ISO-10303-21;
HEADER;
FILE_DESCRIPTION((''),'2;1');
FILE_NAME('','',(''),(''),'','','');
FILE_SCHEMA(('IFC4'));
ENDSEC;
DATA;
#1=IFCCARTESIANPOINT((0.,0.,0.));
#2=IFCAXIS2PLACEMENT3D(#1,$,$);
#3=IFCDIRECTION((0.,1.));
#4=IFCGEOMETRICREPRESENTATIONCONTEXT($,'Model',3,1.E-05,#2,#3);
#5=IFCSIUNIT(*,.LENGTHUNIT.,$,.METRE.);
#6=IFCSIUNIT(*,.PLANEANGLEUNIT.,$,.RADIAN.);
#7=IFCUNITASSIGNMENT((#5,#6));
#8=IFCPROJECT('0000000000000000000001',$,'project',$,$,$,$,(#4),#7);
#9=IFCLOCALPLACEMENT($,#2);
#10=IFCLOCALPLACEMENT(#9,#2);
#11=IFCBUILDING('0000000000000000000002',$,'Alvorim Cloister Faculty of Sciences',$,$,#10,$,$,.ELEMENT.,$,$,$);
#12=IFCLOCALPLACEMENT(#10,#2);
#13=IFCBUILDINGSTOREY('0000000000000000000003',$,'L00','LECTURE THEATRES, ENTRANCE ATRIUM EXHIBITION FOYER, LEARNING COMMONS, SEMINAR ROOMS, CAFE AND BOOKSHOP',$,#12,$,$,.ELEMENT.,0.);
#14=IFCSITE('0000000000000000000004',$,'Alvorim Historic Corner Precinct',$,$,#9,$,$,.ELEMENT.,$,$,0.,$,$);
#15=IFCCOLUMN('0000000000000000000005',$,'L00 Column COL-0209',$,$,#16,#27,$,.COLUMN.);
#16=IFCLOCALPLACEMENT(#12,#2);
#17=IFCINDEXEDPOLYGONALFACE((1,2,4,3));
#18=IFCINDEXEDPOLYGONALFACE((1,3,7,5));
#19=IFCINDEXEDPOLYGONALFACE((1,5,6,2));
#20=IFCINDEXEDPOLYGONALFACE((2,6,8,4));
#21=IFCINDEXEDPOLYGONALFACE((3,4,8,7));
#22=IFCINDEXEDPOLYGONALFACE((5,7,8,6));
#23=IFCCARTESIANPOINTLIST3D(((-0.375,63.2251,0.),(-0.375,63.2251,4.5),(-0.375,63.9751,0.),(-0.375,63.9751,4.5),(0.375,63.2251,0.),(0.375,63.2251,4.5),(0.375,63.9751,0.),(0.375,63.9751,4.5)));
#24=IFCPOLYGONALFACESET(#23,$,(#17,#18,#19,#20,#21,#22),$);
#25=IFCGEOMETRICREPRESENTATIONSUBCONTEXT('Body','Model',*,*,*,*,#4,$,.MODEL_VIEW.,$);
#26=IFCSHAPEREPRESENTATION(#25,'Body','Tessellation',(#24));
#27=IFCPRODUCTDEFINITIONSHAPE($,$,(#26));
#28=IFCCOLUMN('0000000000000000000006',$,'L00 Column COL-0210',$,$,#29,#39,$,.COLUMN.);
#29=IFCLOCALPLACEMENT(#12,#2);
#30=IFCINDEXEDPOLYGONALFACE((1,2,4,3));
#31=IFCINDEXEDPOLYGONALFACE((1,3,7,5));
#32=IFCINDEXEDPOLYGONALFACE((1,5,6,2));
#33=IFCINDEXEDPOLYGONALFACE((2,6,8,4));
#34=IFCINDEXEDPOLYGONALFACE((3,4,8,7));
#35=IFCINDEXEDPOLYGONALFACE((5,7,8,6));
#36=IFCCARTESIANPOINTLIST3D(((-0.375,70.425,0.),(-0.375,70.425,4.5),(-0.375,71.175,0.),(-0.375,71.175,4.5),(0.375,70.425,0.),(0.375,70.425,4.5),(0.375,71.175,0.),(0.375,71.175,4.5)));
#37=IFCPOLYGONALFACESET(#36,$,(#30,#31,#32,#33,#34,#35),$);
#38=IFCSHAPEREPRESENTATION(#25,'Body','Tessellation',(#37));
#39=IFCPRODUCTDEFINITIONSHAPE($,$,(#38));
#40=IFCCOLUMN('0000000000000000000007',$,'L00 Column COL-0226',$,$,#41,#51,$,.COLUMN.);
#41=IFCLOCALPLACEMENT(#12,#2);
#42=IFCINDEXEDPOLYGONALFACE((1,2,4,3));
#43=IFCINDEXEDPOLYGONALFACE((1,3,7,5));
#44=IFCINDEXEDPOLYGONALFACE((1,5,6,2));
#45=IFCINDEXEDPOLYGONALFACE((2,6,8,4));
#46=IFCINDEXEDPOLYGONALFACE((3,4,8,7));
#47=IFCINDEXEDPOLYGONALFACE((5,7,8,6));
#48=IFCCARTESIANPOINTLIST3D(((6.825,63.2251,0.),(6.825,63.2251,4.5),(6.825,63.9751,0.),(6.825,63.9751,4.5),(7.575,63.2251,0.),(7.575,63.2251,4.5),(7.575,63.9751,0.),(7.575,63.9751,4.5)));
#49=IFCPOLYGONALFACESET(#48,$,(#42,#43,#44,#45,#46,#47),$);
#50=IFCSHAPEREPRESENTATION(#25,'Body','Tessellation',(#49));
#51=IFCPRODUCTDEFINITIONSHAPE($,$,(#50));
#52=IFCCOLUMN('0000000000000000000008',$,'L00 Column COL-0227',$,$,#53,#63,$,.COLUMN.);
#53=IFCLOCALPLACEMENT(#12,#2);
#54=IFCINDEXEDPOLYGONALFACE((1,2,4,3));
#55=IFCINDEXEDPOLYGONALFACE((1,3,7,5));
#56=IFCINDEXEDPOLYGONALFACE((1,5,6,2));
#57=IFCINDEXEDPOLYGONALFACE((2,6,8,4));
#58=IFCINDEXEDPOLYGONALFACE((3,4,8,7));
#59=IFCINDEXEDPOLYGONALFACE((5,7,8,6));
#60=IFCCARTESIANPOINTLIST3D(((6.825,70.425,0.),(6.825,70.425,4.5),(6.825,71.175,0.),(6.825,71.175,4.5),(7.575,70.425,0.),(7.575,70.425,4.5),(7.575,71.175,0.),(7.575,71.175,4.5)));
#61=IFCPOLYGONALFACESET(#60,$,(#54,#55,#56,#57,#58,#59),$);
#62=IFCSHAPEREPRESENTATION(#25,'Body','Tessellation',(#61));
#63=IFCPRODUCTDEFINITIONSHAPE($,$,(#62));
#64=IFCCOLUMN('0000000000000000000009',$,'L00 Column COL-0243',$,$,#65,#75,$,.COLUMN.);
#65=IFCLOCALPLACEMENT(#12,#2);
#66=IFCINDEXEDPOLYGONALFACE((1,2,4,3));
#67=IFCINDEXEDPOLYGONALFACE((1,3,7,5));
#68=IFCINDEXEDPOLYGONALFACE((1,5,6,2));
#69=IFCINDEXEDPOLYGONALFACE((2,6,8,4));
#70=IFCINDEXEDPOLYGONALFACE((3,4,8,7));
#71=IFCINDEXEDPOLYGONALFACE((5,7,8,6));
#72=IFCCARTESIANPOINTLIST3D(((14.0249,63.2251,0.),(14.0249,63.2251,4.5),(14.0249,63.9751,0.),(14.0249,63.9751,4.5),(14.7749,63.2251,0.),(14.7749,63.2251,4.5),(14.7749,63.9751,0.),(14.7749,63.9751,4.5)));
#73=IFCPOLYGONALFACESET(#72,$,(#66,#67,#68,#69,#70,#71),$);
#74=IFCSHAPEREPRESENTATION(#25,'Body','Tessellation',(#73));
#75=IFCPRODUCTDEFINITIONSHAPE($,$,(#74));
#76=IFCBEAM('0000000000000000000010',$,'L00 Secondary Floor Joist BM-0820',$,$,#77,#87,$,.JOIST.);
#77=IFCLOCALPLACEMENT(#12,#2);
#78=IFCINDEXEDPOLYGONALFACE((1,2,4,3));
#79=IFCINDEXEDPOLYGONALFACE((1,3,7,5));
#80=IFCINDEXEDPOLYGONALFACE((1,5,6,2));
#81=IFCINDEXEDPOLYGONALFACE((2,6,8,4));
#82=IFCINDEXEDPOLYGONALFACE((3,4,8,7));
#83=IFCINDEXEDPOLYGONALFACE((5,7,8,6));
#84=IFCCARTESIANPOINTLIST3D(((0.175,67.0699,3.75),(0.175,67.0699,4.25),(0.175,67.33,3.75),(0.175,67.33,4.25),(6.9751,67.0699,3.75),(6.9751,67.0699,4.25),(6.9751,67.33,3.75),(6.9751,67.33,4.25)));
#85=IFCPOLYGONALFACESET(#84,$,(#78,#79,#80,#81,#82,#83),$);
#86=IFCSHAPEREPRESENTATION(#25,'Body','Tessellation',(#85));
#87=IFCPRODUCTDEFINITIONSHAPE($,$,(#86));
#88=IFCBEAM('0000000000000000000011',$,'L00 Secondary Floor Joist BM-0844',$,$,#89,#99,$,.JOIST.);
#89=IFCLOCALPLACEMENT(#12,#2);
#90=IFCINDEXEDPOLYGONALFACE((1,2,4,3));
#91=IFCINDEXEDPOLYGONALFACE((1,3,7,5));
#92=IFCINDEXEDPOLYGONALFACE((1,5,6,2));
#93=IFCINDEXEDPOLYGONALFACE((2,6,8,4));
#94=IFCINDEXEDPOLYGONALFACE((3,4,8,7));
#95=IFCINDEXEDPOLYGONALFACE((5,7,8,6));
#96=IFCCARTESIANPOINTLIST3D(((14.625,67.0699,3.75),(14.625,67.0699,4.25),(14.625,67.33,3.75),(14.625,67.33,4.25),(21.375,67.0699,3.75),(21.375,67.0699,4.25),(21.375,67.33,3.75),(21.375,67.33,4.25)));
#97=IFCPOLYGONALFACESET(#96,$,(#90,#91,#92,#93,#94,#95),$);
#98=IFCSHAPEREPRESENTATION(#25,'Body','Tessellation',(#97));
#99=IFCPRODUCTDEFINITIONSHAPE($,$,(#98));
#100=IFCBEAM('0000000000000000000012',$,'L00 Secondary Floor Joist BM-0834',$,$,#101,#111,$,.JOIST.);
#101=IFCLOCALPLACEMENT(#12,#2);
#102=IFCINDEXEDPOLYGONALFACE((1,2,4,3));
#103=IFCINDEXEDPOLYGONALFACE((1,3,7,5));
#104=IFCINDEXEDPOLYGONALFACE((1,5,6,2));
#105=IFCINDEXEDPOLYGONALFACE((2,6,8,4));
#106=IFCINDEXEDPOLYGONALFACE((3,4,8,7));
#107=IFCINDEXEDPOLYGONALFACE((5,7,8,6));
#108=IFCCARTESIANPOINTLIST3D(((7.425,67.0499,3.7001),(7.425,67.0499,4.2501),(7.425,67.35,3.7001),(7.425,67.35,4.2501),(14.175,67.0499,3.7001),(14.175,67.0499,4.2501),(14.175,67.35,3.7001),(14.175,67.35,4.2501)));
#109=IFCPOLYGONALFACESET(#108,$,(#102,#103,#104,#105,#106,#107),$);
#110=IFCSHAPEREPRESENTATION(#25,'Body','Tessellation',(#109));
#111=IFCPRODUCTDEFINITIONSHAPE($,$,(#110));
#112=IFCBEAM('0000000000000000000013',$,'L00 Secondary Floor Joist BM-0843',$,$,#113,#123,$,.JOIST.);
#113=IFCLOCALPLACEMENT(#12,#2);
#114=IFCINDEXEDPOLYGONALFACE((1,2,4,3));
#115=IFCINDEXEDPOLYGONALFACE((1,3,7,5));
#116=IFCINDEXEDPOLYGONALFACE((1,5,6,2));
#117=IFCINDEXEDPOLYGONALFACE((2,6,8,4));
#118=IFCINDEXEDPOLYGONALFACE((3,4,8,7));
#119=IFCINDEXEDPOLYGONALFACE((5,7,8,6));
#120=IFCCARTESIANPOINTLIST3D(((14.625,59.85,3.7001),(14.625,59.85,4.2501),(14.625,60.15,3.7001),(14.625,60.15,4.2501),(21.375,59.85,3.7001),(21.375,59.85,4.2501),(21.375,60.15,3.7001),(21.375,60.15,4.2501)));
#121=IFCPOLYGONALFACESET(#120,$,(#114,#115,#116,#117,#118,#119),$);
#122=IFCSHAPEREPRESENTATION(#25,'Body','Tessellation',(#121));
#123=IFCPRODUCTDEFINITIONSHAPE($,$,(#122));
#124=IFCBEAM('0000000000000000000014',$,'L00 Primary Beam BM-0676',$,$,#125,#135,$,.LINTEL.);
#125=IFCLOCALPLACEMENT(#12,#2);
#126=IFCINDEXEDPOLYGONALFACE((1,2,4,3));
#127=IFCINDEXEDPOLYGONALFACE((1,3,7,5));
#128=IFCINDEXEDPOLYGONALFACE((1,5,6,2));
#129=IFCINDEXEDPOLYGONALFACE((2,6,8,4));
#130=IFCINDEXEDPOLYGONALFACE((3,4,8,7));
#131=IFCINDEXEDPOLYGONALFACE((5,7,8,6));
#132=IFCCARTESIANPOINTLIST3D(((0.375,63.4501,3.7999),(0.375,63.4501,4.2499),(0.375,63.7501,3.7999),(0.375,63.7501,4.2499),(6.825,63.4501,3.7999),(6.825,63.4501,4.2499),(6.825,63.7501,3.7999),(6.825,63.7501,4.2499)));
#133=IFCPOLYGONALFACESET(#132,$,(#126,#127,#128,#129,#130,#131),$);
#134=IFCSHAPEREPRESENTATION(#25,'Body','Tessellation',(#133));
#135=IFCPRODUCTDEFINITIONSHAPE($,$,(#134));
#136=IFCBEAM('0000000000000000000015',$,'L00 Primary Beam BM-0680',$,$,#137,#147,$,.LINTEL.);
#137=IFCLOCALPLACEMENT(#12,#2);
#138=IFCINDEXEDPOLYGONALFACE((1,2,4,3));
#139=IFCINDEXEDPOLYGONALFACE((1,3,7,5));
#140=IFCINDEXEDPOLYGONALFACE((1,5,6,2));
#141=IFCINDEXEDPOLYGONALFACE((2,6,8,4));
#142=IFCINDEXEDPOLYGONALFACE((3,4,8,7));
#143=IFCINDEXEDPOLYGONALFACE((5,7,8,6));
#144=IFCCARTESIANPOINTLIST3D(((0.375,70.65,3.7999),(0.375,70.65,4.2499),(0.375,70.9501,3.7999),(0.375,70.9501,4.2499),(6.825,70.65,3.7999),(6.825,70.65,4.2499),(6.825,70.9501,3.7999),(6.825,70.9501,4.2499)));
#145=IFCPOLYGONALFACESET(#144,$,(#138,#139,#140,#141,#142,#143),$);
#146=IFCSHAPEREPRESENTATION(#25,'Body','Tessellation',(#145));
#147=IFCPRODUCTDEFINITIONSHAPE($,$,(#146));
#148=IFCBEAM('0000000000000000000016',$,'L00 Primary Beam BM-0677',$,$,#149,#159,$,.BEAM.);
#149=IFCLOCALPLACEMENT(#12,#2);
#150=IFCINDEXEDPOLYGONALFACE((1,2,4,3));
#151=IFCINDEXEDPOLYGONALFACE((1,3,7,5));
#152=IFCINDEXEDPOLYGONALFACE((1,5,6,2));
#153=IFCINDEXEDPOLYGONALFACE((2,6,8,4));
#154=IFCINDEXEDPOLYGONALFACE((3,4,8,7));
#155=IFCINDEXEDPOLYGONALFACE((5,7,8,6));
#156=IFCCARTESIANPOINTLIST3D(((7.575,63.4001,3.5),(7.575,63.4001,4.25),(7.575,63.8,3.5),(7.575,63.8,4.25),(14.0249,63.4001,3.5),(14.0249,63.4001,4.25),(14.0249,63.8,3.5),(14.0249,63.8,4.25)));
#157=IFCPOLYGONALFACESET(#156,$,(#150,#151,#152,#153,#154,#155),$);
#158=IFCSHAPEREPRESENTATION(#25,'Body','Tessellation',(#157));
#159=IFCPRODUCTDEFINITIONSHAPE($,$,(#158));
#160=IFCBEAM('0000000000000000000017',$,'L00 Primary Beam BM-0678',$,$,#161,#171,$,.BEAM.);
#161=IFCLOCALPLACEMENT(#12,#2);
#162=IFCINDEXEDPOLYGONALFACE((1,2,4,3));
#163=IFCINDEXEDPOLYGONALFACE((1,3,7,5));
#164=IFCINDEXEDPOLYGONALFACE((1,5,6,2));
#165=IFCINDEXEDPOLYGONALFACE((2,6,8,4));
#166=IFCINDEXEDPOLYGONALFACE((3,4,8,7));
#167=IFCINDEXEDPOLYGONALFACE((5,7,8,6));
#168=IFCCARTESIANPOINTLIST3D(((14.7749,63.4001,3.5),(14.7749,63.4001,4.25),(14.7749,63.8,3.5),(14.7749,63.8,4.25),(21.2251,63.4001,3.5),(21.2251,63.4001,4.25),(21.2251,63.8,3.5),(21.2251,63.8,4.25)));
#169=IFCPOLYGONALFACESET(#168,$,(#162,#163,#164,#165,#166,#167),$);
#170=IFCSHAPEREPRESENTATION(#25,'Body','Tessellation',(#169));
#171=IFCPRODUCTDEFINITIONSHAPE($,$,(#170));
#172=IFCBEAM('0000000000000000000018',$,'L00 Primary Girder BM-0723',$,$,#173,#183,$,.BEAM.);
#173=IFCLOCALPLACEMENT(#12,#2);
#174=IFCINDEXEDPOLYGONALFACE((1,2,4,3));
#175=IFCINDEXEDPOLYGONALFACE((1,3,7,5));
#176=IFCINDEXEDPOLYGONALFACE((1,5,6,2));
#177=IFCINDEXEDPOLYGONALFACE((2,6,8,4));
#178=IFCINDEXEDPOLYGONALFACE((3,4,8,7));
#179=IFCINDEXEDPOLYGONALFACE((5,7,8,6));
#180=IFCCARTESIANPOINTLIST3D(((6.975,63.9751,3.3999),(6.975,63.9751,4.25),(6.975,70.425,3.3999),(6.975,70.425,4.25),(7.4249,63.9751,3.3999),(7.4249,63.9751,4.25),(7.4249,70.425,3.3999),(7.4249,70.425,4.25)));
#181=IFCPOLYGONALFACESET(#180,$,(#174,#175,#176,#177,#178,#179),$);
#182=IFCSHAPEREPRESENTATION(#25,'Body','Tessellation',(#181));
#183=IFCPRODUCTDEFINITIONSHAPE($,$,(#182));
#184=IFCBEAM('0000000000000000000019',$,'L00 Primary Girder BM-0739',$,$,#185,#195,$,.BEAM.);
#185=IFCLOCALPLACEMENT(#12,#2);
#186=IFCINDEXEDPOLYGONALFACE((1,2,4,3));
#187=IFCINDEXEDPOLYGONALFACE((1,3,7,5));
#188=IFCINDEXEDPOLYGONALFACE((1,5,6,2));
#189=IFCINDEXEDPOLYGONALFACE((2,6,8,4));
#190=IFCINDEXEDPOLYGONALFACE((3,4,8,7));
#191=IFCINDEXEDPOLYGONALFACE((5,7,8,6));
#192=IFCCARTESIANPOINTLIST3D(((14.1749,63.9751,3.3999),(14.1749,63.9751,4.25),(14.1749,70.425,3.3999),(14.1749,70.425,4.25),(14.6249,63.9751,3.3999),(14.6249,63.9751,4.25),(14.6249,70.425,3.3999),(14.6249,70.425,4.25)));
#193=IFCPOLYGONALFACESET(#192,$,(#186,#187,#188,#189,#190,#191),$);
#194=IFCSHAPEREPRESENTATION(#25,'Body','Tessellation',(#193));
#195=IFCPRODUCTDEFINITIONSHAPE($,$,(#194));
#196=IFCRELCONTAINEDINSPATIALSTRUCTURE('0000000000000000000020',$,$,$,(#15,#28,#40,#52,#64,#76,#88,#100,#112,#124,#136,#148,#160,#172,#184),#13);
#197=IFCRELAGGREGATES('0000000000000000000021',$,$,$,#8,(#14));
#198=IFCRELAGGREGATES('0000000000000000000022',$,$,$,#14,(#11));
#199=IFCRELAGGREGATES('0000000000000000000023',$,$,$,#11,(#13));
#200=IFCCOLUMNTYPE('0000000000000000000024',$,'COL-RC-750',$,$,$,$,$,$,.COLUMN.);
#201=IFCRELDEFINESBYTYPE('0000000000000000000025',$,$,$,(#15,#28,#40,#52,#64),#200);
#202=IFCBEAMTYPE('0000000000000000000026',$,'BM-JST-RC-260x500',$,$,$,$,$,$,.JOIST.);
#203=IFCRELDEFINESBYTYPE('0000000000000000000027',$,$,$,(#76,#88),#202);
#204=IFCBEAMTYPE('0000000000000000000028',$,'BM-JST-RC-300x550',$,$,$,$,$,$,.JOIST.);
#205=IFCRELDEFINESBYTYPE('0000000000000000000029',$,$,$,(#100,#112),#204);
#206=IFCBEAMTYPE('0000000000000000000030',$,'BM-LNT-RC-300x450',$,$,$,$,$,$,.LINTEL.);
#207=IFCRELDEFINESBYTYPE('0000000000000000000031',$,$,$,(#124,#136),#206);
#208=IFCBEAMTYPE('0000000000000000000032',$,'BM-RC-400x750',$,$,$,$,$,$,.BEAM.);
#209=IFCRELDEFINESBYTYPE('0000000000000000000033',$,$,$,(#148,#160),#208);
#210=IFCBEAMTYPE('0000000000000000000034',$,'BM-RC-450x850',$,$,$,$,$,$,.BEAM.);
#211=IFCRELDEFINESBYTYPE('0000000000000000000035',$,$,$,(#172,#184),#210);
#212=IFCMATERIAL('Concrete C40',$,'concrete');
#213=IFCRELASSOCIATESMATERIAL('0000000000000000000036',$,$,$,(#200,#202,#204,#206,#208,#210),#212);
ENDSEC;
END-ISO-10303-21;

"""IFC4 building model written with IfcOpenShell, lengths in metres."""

from ifc_helpers import new_model, si_unit, direction, frame, origin, origin_2d, place, context, subcontext, project, spatial, rectangle, extrude, material, material_profile, profile_set, type_object, element, save


model = new_model("IFC4")

# Units and contexts
model_context = context("Model", 3, precision=1e-05, world=origin(), true_north=direction((0.0, 1.0)))
body_context = subcontext(model_context, "Body", "Model", "MODEL_VIEW")
ifc_project = project(units=[si_unit("LENGTHUNIT", "METRE"), si_unit("PLANEANGLEUNIT", "RADIAN")], contexts=[model_context])

# Site, building, storey
site_placement = place(None, origin())
site = spatial("IfcSite", under=ifc_project, at=site_placement, Name="Alvorim Historic Corner Precinct", CompositionType="ELEMENT", RefElevation=0.0)
building_placement = place(site_placement, origin())
building = spatial("IfcBuilding", under=site, at=building_placement, Name="Alvorim Cloister Faculty of Sciences", CompositionType="ELEMENT")
storey_placement = place(building_placement, origin())
storey = spatial("IfcBuildingStorey", under=building, at=storey_placement, Name="L00", Description="LECTURE THEATRES, ENTRANCE ATRIUM EXHIBITION FOYER, LEARNING COMMONS, SEMINAR ROOMS, CAFE AND BOOKSHOP", CompositionType="ELEMENT", Elevation=0.0)

# Columns
ifc_material_1 = material(Name="Concrete C40", Category="concrete")
ifc_material_profile_1 = material_profile(ifc_material_1, rectangle(XDim=0.75, YDim=0.75, at=origin_2d()), Name="RC40-COL-750x750")
ifc_profile_set_1 = profile_set([ifc_material_profile_1], Name="Concrete C40")
column_type = type_object("IfcColumnType", Name="COL-RC-750", PredefinedType="COLUMN", material=ifc_profile_set_1)
for number, where, z_axis, x_axis, name in (
    (1, (0.0, 63.6001, 0.0), (0.0, 0.0, 1.0), (1.0, 0.0, 0.0), "L00 Column COL-0209"),
    (2, (0.0, 70.8, 0.0), (0.0, 0.0, 1.0), (1.0, 0.0, 0.0), "L00 Column COL-0210"),
    (3, (7.2, 63.6001, 0.0), (0.0, 0.0, 1.0), (1.0, 0.0, 0.0), "L00 Column COL-0226"),
    (4, (7.2, 70.8, 0.0), (0.0, 0.0, 1.0), (1.0, 0.0, 0.0), "L00 Column COL-0227"),
    (5, (14.3999, 63.6001, 0.0), (0.0, 0.0, 1.0), (1.0, 0.0, 0.0), "L00 Column COL-0243"),
):
    element("IfcColumn", number, at=place(storey_placement, frame(where, z_axis=z_axis, x_axis=x_axis)), inside=storey, type_object=column_type, Name=name, PredefinedType="COLUMN", context=body_context, shape_type="SweptSolid", body=[
        extrude(rectangle(XDim=0.75, YDim=0.75, at=origin_2d()), origin(), (0.0, 0.0, 1.0), 4.5),
    ])

# Beams
ifc_material_profile_2 = material_profile(ifc_material_1, rectangle(XDim=0.26, YDim=0.5, at=origin_2d()), Name="RC40-JST-260x500")
ifc_profile_set_2 = profile_set([ifc_material_profile_2], Name="Concrete C40")
beam_type_1 = type_object("IfcBeamType", Name="BM-JST-RC-260x500", PredefinedType="JOIST", material=ifc_profile_set_2)
beam_1_placement = place(storey_placement, frame((0.175, 67.2, 4.0), z_axis=(1.0, 0.0, 0.0), x_axis=(0.0, 1.0, 0.0)))
element("IfcBeam", 6, at=beam_1_placement, inside=storey, type_object=beam_type_1, Name="L00 Secondary Floor Joist BM-0820", PredefinedType="JOIST", context=body_context, shape_type="SweptSolid", body=[
    extrude(rectangle(XDim=0.26, YDim=0.5, at=origin_2d()), origin(), (0.0, 0.0, 1.0), 6.8),
])
beam_2_placement = place(storey_placement, frame((14.625, 67.2, 4.0), z_axis=(1.0, 0.0, 0.0), x_axis=(0.0, 1.0, 0.0)))
element("IfcBeam", 7, at=beam_2_placement, inside=storey, type_object=beam_type_1, Name="L00 Secondary Floor Joist BM-0844", PredefinedType="JOIST", context=body_context, shape_type="SweptSolid", body=[
    extrude(rectangle(XDim=0.26, YDim=0.5, at=origin_2d()), origin(), (0.0, 0.0, 1.0), 6.75),
])
ifc_material_profile_3 = material_profile(ifc_material_1, rectangle(XDim=0.3, YDim=0.55, at=origin_2d()), Name="RC40-JST-300x550")
ifc_profile_set_3 = profile_set([ifc_material_profile_3], Name="Concrete C40")
beam_type_2 = type_object("IfcBeamType", Name="BM-JST-RC-300x550", PredefinedType="JOIST", material=ifc_profile_set_3)
for number, where, z_axis, x_axis, name in (
    (8, (7.425, 67.2, 3.9751), (1.0, 0.0, 0.0), (0.0, 1.0, 0.0), "L00 Secondary Floor Joist BM-0834"),
    (9, (14.625, 60.0, 3.9751), (1.0, 0.0, 0.0), (0.0, 1.0, 0.0), "L00 Secondary Floor Joist BM-0843"),
):
    element("IfcBeam", number, at=place(storey_placement, frame(where, z_axis=z_axis, x_axis=x_axis)), inside=storey, type_object=beam_type_2, Name=name, PredefinedType="JOIST", context=body_context, shape_type="SweptSolid", body=[
        extrude(rectangle(XDim=0.3, YDim=0.55, at=origin_2d()), origin(), (0.0, 0.0, 1.0), 6.75),
    ])
ifc_material_profile_4 = material_profile(ifc_material_1, rectangle(XDim=0.3, YDim=0.45, at=origin_2d()), Name="RC40-LNT-300x450")
ifc_profile_set_4 = profile_set([ifc_material_profile_4], Name="Concrete C40")
beam_type_3 = type_object("IfcBeamType", Name="BM-LNT-RC-300x450", PredefinedType="LINTEL", material=ifc_profile_set_4)
for number, where, z_axis, x_axis, name in (
    (10, (0.375, 63.6001, 4.0249), (1.0, 0.0, 0.0), (0.0, 1.0, 0.0), "L00 Primary Beam BM-0676"),
    (11, (0.375, 70.8, 4.0249), (1.0, 0.0, 0.0), (0.0, 1.0, 0.0), "L00 Primary Beam BM-0680"),
):
    element("IfcBeam", number, at=place(storey_placement, frame(where, z_axis=z_axis, x_axis=x_axis)), inside=storey, type_object=beam_type_3, Name=name, PredefinedType="LINTEL", context=body_context, shape_type="SweptSolid", body=[
        extrude(rectangle(XDim=0.3, YDim=0.45, at=origin_2d()), origin(), (0.0, 0.0, 1.0), 6.45),
    ])
ifc_material_profile_5 = material_profile(ifc_material_1, rectangle(XDim=0.3999, YDim=0.75, at=origin_2d()), Name="RC40-BM-400x750")
ifc_profile_set_5 = profile_set([ifc_material_profile_5], Name="Concrete C40")
beam_type_4 = type_object("IfcBeamType", Name="BM-RC-400x750", PredefinedType="BEAM", material=ifc_profile_set_5)
beam_3_placement = place(storey_placement, frame((7.575, 63.6001, 3.875), z_axis=(1.0, 0.0, 0.0), x_axis=(0.0, 1.0, 0.0)))
element("IfcBeam", 12, at=beam_3_placement, inside=storey, type_object=beam_type_4, Name="L00 Primary Beam BM-0677", PredefinedType="BEAM", context=body_context, shape_type="SweptSolid", body=[
    extrude(rectangle(XDim=0.3999, YDim=0.75, at=origin_2d()), origin(), (0.0, 0.0, 1.0), 6.45),
])
beam_4_placement = place(storey_placement, frame((14.7749, 63.6001, 3.875), z_axis=(1.0, 0.0, 0.0), x_axis=(0.0, 1.0, 0.0)))
element("IfcBeam", 13, at=beam_4_placement, inside=storey, type_object=beam_type_4, Name="L00 Primary Beam BM-0678", PredefinedType="BEAM", context=body_context, shape_type="SweptSolid", body=[
    extrude(rectangle(XDim=0.3999, YDim=0.75, at=origin_2d()), origin(), (0.0, 0.0, 1.0), 6.4502),
])
ifc_material_profile_6 = material_profile(ifc_material_1, rectangle(XDim=0.45, YDim=0.8501, at=origin_2d()), Name="RC40-BM-450x850")
ifc_profile_set_6 = profile_set([ifc_material_profile_6], Name="Concrete C40")
beam_type_5 = type_object("IfcBeamType", Name="BM-RC-450x850", PredefinedType="BEAM", material=ifc_profile_set_6)
for number, where, z_axis, x_axis, name in (
    (14, (7.2, 63.9751, 3.825), (0.0, 1.0, 0.0), (-1.0, 0.0, 0.0), "L00 Primary Girder BM-0723"),
    (15, (14.3999, 63.9751, 3.825), (0.0, 1.0, 0.0), (-1.0, 0.0, 0.0), "L00 Primary Girder BM-0739"),
):
    element("IfcBeam", number, at=place(storey_placement, frame(where, z_axis=z_axis, x_axis=x_axis)), inside=storey, type_object=beam_type_5, Name=name, PredefinedType="BEAM", context=body_context, shape_type="SweptSolid", body=[
        extrude(rectangle(XDim=0.45, YDim=0.8501, at=origin_2d()), origin(), (0.0, 0.0, 1.0), 6.45),
    ])

save(model, "model.ifc")
